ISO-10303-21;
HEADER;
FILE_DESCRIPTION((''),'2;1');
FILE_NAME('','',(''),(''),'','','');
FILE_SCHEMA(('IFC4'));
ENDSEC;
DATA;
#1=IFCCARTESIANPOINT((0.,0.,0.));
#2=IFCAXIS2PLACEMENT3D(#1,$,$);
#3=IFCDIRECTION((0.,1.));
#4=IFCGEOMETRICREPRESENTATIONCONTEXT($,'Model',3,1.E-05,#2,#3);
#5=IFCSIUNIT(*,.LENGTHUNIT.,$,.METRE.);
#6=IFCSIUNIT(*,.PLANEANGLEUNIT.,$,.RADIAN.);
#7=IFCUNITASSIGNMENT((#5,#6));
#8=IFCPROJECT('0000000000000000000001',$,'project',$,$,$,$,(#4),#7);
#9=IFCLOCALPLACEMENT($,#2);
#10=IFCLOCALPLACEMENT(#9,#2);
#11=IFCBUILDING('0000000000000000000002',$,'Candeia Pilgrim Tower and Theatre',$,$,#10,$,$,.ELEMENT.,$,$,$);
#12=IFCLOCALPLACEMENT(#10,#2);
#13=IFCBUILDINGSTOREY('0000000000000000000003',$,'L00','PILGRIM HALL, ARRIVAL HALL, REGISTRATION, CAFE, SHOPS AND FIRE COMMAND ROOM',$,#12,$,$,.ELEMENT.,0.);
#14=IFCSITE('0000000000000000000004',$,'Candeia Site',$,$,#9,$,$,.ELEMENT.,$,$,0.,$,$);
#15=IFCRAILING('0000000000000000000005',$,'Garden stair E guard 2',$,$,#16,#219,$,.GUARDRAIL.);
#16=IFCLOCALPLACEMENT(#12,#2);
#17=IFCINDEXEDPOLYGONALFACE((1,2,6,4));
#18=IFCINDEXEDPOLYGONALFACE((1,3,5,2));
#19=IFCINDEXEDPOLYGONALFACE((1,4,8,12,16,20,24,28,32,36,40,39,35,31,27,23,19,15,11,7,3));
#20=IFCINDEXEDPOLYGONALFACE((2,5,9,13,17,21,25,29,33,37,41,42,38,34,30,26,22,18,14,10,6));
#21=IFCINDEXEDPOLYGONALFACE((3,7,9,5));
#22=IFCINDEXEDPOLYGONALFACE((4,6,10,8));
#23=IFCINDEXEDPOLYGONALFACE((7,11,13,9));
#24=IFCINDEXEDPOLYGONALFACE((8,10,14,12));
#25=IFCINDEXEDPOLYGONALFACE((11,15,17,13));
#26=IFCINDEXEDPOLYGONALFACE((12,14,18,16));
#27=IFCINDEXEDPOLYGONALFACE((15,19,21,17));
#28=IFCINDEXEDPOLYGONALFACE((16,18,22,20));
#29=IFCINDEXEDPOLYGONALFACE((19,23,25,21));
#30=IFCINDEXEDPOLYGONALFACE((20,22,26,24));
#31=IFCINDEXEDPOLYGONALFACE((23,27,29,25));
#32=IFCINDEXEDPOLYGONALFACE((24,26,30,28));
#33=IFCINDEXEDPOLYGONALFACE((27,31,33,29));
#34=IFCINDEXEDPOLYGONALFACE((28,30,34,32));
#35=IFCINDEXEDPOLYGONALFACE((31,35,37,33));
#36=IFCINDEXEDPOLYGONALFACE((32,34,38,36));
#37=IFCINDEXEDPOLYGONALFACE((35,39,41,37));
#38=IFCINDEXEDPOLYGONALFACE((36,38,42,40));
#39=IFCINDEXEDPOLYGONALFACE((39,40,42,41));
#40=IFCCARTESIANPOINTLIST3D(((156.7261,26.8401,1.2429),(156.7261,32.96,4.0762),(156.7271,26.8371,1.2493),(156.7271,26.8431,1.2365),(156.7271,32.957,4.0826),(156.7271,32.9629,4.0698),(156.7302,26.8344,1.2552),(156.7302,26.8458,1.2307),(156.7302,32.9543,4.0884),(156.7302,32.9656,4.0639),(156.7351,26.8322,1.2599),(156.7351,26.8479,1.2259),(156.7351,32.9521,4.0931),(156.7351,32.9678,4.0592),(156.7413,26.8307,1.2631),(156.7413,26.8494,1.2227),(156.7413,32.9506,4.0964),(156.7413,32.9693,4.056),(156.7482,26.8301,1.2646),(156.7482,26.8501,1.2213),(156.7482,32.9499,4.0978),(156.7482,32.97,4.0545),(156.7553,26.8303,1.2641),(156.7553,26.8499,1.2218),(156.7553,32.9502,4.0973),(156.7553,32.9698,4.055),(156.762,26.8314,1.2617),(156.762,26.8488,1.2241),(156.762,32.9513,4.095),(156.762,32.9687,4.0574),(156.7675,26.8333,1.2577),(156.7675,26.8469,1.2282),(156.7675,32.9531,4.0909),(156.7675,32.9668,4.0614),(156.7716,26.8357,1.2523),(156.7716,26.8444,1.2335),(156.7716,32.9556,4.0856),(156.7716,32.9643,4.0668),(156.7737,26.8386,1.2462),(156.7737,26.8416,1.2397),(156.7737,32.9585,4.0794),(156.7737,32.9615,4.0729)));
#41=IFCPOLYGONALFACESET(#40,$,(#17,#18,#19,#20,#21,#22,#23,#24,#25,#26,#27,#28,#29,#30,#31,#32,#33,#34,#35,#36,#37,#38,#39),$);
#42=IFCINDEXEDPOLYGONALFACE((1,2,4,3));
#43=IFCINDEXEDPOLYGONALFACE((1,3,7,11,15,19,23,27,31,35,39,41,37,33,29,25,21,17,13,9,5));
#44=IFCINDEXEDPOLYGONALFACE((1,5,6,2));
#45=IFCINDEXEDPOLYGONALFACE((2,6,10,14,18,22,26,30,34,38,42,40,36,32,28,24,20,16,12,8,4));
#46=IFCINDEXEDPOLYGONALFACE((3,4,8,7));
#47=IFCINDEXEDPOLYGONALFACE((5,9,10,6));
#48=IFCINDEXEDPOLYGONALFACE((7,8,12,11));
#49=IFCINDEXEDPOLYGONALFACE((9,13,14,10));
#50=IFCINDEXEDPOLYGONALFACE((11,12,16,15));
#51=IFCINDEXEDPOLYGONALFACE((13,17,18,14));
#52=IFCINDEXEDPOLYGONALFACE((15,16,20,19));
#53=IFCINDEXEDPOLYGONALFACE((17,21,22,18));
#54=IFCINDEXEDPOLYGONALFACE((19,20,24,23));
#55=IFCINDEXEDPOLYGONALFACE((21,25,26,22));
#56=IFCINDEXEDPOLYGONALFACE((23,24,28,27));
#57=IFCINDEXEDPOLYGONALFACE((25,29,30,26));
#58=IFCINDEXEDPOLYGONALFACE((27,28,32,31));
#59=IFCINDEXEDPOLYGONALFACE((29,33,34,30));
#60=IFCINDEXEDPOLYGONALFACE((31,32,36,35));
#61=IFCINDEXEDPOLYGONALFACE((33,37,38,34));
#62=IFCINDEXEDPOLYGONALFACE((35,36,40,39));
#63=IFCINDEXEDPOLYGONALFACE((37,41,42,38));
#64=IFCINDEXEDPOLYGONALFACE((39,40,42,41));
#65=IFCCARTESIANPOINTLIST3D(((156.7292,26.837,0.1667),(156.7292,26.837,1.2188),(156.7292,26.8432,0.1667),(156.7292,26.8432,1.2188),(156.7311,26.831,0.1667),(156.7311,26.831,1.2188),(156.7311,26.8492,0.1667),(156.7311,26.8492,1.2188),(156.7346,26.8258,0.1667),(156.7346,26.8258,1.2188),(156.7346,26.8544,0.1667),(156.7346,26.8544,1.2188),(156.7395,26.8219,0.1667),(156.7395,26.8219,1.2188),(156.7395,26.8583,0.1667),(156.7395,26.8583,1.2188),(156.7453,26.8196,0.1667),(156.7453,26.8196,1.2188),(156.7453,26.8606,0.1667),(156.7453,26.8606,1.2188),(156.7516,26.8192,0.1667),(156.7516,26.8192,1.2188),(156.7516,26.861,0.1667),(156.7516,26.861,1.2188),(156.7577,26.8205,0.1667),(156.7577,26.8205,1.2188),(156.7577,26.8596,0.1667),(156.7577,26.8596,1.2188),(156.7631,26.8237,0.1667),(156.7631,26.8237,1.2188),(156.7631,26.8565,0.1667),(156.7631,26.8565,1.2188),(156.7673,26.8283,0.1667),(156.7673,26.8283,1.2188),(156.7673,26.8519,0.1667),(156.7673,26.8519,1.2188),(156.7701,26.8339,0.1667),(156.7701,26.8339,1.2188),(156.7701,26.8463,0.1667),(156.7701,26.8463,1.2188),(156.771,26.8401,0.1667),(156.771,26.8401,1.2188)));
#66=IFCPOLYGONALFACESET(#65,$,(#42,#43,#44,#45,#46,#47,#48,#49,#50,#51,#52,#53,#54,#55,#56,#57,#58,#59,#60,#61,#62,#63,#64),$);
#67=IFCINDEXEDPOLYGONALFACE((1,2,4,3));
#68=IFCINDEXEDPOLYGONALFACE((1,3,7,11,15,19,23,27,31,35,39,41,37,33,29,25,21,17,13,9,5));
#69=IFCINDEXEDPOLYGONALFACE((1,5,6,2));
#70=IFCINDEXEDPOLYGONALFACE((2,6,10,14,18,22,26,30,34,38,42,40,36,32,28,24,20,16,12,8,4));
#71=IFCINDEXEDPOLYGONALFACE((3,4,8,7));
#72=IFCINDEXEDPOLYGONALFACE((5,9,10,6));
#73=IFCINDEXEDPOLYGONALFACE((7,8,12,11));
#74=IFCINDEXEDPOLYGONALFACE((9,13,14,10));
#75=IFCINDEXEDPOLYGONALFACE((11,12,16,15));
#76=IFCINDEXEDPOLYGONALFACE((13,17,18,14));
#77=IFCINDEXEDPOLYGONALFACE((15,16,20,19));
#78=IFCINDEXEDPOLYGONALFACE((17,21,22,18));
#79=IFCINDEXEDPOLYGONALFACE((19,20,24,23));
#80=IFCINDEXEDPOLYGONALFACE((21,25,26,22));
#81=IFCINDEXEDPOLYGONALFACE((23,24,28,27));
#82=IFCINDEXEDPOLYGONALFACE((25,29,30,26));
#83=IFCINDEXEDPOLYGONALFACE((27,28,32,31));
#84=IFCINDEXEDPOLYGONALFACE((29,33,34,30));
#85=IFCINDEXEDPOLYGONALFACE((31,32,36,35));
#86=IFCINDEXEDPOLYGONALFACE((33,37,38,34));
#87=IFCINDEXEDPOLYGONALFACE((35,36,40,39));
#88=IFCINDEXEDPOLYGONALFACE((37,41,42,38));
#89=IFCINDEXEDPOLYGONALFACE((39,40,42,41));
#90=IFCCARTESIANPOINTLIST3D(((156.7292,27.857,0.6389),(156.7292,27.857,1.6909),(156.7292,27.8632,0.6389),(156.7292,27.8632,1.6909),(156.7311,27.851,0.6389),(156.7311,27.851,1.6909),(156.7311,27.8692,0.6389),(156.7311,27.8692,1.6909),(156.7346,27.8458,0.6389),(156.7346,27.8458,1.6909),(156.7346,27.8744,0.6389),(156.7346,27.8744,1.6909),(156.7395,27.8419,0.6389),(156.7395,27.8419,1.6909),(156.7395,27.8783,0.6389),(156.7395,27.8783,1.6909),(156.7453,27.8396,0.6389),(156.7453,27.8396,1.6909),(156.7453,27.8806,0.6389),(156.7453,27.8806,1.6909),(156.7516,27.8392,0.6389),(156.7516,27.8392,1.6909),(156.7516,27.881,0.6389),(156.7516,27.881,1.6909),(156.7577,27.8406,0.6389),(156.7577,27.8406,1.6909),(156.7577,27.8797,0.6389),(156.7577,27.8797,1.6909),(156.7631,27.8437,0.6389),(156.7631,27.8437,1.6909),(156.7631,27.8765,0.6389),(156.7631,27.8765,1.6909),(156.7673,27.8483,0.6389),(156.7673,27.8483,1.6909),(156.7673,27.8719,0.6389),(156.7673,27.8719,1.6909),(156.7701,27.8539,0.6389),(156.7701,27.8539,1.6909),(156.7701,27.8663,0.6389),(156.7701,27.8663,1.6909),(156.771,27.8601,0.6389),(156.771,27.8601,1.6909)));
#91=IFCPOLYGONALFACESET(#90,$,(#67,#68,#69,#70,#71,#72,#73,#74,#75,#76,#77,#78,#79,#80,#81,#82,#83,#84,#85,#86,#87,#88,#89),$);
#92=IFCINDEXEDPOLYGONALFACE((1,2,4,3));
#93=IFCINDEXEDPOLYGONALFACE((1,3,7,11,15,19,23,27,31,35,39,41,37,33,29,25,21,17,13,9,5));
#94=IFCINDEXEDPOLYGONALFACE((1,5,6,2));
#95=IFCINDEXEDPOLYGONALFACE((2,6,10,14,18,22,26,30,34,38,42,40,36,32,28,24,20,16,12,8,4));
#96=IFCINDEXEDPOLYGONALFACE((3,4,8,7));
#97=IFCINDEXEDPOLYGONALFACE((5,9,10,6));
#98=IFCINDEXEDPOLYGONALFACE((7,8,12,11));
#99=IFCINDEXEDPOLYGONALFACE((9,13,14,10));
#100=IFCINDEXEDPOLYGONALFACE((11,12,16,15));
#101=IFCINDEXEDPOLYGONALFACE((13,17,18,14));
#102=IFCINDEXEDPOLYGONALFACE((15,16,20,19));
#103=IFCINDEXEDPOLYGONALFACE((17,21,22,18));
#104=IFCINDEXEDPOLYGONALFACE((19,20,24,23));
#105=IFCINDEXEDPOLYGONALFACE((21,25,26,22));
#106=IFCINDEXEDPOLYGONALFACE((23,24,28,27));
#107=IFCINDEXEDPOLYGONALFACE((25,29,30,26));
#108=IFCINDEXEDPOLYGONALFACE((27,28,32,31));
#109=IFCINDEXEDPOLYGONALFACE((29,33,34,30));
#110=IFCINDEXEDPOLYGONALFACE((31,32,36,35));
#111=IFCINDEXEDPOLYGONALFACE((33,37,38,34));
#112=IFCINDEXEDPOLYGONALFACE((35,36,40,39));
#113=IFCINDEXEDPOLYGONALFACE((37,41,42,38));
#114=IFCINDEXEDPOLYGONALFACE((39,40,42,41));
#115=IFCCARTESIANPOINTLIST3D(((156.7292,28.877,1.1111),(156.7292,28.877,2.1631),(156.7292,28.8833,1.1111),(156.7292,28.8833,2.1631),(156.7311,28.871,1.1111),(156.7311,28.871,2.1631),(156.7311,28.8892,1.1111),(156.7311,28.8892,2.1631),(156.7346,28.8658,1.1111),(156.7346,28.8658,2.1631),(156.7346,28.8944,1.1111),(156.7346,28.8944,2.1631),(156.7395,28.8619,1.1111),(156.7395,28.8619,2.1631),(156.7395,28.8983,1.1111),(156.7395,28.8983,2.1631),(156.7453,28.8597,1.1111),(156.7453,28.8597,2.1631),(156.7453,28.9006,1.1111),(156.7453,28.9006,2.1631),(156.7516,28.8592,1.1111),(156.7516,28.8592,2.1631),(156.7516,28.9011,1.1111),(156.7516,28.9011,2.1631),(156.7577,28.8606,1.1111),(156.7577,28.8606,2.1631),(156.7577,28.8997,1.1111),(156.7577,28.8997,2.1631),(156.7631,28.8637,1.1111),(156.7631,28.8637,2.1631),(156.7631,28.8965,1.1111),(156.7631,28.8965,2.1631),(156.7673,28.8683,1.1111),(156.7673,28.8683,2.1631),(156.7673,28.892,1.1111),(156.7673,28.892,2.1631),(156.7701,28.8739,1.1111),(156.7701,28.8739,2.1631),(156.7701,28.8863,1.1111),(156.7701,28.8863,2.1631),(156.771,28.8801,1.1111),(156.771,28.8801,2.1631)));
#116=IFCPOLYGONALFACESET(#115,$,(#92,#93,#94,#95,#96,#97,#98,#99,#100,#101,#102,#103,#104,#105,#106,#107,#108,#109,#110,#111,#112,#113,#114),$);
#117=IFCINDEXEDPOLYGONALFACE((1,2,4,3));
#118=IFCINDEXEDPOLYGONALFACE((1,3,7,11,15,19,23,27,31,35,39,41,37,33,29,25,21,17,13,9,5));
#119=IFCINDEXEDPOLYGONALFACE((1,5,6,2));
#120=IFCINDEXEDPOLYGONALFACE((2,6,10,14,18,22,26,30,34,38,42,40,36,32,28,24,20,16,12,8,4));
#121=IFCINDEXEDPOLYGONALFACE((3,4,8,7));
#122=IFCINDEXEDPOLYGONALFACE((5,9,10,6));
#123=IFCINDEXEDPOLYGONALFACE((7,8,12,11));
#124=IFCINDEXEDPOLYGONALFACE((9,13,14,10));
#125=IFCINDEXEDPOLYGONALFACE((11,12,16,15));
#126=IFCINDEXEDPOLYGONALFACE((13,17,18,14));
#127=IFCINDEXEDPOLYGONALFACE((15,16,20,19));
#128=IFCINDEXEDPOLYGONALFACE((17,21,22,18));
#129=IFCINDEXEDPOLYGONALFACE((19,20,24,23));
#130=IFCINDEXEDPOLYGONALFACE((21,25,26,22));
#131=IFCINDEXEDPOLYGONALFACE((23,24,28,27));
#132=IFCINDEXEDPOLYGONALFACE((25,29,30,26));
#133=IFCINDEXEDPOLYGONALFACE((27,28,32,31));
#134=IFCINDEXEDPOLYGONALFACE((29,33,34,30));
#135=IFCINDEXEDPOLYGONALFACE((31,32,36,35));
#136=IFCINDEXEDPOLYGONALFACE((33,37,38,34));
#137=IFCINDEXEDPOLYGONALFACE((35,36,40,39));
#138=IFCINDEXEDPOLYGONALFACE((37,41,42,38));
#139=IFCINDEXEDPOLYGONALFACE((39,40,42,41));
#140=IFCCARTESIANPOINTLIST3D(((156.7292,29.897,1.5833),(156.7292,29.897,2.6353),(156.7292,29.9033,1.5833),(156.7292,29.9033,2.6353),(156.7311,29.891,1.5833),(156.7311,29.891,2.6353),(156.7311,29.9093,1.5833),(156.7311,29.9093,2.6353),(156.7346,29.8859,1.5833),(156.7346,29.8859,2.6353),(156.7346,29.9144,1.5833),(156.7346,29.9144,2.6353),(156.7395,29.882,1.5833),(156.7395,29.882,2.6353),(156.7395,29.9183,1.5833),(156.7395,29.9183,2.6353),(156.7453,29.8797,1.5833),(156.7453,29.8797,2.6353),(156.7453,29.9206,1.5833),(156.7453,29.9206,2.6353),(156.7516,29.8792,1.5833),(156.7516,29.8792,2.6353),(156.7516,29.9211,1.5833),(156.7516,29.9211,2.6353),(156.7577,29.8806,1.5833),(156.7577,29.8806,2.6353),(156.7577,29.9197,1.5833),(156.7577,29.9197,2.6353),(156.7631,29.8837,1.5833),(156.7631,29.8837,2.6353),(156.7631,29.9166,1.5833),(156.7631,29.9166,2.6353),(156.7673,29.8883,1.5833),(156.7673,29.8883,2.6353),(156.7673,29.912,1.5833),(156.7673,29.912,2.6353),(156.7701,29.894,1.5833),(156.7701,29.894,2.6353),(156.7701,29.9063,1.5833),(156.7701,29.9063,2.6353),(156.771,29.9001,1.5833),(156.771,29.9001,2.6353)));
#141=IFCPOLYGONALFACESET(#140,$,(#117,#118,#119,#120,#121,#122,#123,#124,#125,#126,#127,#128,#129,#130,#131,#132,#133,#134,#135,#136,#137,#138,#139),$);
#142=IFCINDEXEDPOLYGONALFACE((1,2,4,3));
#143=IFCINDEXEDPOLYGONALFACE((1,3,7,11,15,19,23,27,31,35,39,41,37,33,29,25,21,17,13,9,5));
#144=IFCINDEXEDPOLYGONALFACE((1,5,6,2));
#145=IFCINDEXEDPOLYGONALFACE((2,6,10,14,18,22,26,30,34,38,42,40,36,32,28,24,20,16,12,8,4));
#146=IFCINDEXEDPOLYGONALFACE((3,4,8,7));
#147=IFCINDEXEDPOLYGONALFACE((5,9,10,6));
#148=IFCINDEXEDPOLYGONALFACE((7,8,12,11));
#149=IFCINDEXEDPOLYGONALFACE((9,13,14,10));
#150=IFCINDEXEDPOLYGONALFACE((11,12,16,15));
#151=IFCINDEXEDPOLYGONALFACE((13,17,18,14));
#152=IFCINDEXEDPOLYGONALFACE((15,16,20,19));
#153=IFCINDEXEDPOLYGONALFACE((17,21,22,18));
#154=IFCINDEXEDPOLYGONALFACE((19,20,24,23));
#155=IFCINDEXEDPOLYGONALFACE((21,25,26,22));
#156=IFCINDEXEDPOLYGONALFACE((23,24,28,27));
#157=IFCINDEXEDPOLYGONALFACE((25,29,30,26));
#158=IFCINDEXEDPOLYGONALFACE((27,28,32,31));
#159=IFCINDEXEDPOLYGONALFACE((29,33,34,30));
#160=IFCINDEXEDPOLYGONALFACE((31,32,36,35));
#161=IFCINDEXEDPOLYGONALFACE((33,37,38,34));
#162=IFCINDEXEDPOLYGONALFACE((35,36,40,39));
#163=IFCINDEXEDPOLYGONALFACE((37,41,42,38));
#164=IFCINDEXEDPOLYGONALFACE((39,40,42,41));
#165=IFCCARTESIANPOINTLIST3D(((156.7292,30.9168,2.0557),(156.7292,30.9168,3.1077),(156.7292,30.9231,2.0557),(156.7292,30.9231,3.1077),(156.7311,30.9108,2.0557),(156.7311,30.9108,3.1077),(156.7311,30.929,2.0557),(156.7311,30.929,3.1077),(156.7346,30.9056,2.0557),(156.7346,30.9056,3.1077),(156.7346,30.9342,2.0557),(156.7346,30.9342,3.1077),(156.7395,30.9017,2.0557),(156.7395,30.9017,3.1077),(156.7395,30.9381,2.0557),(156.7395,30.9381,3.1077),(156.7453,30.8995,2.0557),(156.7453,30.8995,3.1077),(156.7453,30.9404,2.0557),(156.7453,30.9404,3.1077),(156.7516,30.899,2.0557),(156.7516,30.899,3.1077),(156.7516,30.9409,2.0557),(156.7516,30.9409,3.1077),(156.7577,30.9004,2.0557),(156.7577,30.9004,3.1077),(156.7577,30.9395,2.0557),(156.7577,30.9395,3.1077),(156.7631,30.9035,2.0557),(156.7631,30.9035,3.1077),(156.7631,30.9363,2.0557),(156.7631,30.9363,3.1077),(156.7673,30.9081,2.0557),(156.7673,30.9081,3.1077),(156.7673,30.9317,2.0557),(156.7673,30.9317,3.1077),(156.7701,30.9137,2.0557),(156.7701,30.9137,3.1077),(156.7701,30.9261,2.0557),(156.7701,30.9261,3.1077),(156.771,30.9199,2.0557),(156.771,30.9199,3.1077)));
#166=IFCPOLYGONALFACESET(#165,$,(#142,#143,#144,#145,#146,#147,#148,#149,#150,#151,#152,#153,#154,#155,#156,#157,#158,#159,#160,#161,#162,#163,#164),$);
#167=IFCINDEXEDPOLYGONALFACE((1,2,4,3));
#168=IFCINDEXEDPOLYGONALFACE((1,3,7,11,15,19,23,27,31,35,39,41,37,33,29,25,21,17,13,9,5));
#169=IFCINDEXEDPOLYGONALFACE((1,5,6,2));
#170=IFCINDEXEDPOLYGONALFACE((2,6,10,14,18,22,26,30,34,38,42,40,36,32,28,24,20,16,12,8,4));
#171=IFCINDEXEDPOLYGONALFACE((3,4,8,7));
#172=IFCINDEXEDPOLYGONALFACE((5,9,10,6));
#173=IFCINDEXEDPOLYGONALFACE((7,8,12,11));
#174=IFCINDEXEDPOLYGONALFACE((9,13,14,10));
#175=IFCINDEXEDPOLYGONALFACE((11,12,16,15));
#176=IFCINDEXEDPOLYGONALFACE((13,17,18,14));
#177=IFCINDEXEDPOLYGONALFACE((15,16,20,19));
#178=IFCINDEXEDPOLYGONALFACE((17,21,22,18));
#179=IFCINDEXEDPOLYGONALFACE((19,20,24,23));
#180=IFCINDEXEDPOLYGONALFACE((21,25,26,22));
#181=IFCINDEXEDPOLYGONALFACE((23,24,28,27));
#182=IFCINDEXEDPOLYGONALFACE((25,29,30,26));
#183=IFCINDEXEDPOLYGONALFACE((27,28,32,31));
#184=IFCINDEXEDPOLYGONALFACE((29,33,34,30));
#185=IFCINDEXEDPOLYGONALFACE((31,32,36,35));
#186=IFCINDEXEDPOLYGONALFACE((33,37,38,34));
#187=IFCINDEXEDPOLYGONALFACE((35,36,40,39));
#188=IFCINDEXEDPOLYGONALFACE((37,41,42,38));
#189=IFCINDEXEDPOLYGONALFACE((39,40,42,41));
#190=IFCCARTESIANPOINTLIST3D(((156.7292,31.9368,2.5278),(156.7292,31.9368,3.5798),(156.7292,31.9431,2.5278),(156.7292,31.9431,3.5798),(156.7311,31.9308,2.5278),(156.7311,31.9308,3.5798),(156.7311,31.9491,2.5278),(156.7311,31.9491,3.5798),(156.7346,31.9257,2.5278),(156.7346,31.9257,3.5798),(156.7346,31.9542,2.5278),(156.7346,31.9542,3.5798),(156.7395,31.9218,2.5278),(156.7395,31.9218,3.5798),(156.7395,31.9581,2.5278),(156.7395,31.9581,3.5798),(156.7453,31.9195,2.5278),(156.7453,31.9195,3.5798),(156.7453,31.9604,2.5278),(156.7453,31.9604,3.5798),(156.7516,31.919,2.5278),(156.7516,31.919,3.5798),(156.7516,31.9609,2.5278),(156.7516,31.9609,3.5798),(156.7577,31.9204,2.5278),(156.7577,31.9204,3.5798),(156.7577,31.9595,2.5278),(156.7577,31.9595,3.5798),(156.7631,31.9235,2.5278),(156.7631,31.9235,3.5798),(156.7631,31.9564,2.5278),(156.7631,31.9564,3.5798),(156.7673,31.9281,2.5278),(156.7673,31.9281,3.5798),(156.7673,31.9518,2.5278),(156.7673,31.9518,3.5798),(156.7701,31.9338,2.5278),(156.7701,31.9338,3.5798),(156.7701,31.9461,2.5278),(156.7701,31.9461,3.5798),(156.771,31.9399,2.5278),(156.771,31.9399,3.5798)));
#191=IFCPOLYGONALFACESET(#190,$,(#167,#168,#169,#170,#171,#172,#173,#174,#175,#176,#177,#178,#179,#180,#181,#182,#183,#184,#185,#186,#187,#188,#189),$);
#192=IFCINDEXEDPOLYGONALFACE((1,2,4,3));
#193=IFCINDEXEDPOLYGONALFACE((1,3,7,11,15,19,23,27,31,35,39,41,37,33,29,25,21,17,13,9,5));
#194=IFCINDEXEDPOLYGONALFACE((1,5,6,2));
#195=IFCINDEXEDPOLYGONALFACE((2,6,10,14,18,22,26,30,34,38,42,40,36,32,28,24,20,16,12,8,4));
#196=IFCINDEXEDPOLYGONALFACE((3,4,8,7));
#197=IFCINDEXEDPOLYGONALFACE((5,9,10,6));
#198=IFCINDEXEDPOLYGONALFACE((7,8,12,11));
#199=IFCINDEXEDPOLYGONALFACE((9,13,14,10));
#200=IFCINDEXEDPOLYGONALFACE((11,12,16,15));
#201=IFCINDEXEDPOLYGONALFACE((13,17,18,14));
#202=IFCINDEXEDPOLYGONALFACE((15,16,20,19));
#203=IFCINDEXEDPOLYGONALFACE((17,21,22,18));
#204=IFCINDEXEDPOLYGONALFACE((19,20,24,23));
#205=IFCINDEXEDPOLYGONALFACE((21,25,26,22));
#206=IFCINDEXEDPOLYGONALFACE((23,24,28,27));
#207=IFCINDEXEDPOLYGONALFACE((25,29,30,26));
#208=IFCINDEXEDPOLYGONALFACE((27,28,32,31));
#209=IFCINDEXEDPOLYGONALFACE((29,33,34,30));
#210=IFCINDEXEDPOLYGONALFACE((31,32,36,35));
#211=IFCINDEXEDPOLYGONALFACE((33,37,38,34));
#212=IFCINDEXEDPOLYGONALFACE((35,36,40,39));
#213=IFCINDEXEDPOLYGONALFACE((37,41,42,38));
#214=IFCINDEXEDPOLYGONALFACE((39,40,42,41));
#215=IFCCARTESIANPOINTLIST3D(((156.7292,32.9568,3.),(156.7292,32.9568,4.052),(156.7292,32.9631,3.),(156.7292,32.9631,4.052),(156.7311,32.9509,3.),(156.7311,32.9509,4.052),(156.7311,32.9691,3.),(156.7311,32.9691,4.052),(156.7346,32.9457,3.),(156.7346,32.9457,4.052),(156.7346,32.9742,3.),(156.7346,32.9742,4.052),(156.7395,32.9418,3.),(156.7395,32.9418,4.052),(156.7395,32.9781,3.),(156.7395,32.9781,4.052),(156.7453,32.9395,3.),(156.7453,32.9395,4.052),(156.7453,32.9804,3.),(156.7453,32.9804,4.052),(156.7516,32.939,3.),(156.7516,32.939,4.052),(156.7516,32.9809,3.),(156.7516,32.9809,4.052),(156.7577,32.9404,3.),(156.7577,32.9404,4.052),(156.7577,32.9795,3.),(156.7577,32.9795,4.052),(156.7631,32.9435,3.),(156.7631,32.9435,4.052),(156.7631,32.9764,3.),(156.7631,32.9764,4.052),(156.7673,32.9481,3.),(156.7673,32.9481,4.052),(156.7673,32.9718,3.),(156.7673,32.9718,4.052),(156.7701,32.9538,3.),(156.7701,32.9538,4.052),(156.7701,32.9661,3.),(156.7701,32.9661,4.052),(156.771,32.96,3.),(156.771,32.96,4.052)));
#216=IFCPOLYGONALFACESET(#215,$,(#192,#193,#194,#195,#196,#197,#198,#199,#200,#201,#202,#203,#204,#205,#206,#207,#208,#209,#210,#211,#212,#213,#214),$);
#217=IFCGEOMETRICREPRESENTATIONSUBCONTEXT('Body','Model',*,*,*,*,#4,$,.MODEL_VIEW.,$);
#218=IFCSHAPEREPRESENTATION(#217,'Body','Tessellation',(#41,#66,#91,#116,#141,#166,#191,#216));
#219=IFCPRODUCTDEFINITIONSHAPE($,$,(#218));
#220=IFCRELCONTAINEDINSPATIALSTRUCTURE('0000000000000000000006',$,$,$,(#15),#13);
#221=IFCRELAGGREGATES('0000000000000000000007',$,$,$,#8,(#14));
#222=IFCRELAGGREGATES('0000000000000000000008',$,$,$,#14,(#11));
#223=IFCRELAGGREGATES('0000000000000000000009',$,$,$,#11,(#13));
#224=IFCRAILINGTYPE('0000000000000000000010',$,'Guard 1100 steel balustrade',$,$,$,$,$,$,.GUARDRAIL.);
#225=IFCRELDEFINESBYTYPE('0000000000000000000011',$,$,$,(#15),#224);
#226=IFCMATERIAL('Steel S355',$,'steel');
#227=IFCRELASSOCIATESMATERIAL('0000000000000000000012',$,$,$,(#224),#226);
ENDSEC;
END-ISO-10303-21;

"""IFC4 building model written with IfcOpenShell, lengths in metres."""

from ifc_helpers import new_model, si_unit, direction, frame, origin, origin_2d, place, context, subcontext, project, spatial, circle, extrude, material, type_object, element, save


model = new_model("IFC4")

# Units and contexts
model_context = context("Model", 3, precision=1e-05, world=origin(), true_north=direction((0.0, 1.0)))
body_context = subcontext(model_context, "Body", "Model", "MODEL_VIEW")
ifc_project = project(units=[si_unit("LENGTHUNIT", "METRE"), si_unit("PLANEANGLEUNIT", "RADIAN")], contexts=[model_context])

# Site, building, storey
site_placement = place(None, origin())
site = spatial("IfcSite", under=ifc_project, at=site_placement, Name="Candeia Site", CompositionType="ELEMENT", RefElevation=0.0)
building_placement = place(site_placement, origin())
building = spatial("IfcBuilding", under=site, at=building_placement, Name="Candeia Pilgrim Tower and Theatre", CompositionType="ELEMENT")
storey_placement = place(building_placement, origin())
storey = spatial("IfcBuildingStorey", under=building, at=storey_placement, Name="L00", Description="PILGRIM HALL, ARRIVAL HALL, REGISTRATION, CAFE, SHOPS AND FIRE COMMAND ROOM", CompositionType="ELEMENT", Elevation=0.0)

# Railing
ifc_material_1 = material(Name="Steel S355", Category="steel")
railing_type_1 = type_object("IfcRailingType", Name="Guard 1100 steel balustrade", PredefinedType="GUARDRAIL", material=ifc_material_1)
for number, where, name in (
    (1, (156.75, 26.8401, 0.1667), "Garden stair E guard 2"),
):
    element("IfcRailing", number, at=place(storey_placement, frame(where)), inside=storey, type_object=railing_type_1, Name=name, PredefinedType="GUARDRAIL", context=body_context, shape_type="SweptSolid", body=[
        extrude(circle(Radius=0.0239, at=origin_2d()), frame((0.0, 0.0, 1.0762), z_axis=(0.0, 0.907468, 0.420121), x_axis=(-1.0, 0.0, 0.0)), (0.0, 0.0, 1.0), 6.7439),
        extrude(circle(Radius=0.021, at=origin_2d()), origin(), (0.0, 0.0, 1.0), 1.052),
        extrude(circle(Radius=0.021, at=origin_2d()), frame((0.0, 1.02, 0.4722)), (0.0, 0.0, 1.0), 1.052),
        extrude(circle(Radius=0.021, at=origin_2d()), frame((0.0, 2.04, 0.9443)), (0.0, 0.0, 1.0), 1.052),
        extrude(circle(Radius=0.021, at=origin_2d()), frame((0.0, 3.0601, 1.4165)), (0.0, 0.0, 1.0), 1.052),
        extrude(circle(Radius=0.021, at=origin_2d()), frame((0.0, 4.0798, 1.8889)), (0.0, 0.0, 1.0), 1.052),
        extrude(circle(Radius=0.021, at=origin_2d()), frame((0.0, 5.0999, 2.3611)), (0.0, 0.0, 1.0), 1.052),
        extrude(circle(Radius=0.021, at=origin_2d()), frame((0.0, 6.1199, 2.8333)), (0.0, 0.0, 1.0), 1.052),
    ])

save(model, "model.ifc")
